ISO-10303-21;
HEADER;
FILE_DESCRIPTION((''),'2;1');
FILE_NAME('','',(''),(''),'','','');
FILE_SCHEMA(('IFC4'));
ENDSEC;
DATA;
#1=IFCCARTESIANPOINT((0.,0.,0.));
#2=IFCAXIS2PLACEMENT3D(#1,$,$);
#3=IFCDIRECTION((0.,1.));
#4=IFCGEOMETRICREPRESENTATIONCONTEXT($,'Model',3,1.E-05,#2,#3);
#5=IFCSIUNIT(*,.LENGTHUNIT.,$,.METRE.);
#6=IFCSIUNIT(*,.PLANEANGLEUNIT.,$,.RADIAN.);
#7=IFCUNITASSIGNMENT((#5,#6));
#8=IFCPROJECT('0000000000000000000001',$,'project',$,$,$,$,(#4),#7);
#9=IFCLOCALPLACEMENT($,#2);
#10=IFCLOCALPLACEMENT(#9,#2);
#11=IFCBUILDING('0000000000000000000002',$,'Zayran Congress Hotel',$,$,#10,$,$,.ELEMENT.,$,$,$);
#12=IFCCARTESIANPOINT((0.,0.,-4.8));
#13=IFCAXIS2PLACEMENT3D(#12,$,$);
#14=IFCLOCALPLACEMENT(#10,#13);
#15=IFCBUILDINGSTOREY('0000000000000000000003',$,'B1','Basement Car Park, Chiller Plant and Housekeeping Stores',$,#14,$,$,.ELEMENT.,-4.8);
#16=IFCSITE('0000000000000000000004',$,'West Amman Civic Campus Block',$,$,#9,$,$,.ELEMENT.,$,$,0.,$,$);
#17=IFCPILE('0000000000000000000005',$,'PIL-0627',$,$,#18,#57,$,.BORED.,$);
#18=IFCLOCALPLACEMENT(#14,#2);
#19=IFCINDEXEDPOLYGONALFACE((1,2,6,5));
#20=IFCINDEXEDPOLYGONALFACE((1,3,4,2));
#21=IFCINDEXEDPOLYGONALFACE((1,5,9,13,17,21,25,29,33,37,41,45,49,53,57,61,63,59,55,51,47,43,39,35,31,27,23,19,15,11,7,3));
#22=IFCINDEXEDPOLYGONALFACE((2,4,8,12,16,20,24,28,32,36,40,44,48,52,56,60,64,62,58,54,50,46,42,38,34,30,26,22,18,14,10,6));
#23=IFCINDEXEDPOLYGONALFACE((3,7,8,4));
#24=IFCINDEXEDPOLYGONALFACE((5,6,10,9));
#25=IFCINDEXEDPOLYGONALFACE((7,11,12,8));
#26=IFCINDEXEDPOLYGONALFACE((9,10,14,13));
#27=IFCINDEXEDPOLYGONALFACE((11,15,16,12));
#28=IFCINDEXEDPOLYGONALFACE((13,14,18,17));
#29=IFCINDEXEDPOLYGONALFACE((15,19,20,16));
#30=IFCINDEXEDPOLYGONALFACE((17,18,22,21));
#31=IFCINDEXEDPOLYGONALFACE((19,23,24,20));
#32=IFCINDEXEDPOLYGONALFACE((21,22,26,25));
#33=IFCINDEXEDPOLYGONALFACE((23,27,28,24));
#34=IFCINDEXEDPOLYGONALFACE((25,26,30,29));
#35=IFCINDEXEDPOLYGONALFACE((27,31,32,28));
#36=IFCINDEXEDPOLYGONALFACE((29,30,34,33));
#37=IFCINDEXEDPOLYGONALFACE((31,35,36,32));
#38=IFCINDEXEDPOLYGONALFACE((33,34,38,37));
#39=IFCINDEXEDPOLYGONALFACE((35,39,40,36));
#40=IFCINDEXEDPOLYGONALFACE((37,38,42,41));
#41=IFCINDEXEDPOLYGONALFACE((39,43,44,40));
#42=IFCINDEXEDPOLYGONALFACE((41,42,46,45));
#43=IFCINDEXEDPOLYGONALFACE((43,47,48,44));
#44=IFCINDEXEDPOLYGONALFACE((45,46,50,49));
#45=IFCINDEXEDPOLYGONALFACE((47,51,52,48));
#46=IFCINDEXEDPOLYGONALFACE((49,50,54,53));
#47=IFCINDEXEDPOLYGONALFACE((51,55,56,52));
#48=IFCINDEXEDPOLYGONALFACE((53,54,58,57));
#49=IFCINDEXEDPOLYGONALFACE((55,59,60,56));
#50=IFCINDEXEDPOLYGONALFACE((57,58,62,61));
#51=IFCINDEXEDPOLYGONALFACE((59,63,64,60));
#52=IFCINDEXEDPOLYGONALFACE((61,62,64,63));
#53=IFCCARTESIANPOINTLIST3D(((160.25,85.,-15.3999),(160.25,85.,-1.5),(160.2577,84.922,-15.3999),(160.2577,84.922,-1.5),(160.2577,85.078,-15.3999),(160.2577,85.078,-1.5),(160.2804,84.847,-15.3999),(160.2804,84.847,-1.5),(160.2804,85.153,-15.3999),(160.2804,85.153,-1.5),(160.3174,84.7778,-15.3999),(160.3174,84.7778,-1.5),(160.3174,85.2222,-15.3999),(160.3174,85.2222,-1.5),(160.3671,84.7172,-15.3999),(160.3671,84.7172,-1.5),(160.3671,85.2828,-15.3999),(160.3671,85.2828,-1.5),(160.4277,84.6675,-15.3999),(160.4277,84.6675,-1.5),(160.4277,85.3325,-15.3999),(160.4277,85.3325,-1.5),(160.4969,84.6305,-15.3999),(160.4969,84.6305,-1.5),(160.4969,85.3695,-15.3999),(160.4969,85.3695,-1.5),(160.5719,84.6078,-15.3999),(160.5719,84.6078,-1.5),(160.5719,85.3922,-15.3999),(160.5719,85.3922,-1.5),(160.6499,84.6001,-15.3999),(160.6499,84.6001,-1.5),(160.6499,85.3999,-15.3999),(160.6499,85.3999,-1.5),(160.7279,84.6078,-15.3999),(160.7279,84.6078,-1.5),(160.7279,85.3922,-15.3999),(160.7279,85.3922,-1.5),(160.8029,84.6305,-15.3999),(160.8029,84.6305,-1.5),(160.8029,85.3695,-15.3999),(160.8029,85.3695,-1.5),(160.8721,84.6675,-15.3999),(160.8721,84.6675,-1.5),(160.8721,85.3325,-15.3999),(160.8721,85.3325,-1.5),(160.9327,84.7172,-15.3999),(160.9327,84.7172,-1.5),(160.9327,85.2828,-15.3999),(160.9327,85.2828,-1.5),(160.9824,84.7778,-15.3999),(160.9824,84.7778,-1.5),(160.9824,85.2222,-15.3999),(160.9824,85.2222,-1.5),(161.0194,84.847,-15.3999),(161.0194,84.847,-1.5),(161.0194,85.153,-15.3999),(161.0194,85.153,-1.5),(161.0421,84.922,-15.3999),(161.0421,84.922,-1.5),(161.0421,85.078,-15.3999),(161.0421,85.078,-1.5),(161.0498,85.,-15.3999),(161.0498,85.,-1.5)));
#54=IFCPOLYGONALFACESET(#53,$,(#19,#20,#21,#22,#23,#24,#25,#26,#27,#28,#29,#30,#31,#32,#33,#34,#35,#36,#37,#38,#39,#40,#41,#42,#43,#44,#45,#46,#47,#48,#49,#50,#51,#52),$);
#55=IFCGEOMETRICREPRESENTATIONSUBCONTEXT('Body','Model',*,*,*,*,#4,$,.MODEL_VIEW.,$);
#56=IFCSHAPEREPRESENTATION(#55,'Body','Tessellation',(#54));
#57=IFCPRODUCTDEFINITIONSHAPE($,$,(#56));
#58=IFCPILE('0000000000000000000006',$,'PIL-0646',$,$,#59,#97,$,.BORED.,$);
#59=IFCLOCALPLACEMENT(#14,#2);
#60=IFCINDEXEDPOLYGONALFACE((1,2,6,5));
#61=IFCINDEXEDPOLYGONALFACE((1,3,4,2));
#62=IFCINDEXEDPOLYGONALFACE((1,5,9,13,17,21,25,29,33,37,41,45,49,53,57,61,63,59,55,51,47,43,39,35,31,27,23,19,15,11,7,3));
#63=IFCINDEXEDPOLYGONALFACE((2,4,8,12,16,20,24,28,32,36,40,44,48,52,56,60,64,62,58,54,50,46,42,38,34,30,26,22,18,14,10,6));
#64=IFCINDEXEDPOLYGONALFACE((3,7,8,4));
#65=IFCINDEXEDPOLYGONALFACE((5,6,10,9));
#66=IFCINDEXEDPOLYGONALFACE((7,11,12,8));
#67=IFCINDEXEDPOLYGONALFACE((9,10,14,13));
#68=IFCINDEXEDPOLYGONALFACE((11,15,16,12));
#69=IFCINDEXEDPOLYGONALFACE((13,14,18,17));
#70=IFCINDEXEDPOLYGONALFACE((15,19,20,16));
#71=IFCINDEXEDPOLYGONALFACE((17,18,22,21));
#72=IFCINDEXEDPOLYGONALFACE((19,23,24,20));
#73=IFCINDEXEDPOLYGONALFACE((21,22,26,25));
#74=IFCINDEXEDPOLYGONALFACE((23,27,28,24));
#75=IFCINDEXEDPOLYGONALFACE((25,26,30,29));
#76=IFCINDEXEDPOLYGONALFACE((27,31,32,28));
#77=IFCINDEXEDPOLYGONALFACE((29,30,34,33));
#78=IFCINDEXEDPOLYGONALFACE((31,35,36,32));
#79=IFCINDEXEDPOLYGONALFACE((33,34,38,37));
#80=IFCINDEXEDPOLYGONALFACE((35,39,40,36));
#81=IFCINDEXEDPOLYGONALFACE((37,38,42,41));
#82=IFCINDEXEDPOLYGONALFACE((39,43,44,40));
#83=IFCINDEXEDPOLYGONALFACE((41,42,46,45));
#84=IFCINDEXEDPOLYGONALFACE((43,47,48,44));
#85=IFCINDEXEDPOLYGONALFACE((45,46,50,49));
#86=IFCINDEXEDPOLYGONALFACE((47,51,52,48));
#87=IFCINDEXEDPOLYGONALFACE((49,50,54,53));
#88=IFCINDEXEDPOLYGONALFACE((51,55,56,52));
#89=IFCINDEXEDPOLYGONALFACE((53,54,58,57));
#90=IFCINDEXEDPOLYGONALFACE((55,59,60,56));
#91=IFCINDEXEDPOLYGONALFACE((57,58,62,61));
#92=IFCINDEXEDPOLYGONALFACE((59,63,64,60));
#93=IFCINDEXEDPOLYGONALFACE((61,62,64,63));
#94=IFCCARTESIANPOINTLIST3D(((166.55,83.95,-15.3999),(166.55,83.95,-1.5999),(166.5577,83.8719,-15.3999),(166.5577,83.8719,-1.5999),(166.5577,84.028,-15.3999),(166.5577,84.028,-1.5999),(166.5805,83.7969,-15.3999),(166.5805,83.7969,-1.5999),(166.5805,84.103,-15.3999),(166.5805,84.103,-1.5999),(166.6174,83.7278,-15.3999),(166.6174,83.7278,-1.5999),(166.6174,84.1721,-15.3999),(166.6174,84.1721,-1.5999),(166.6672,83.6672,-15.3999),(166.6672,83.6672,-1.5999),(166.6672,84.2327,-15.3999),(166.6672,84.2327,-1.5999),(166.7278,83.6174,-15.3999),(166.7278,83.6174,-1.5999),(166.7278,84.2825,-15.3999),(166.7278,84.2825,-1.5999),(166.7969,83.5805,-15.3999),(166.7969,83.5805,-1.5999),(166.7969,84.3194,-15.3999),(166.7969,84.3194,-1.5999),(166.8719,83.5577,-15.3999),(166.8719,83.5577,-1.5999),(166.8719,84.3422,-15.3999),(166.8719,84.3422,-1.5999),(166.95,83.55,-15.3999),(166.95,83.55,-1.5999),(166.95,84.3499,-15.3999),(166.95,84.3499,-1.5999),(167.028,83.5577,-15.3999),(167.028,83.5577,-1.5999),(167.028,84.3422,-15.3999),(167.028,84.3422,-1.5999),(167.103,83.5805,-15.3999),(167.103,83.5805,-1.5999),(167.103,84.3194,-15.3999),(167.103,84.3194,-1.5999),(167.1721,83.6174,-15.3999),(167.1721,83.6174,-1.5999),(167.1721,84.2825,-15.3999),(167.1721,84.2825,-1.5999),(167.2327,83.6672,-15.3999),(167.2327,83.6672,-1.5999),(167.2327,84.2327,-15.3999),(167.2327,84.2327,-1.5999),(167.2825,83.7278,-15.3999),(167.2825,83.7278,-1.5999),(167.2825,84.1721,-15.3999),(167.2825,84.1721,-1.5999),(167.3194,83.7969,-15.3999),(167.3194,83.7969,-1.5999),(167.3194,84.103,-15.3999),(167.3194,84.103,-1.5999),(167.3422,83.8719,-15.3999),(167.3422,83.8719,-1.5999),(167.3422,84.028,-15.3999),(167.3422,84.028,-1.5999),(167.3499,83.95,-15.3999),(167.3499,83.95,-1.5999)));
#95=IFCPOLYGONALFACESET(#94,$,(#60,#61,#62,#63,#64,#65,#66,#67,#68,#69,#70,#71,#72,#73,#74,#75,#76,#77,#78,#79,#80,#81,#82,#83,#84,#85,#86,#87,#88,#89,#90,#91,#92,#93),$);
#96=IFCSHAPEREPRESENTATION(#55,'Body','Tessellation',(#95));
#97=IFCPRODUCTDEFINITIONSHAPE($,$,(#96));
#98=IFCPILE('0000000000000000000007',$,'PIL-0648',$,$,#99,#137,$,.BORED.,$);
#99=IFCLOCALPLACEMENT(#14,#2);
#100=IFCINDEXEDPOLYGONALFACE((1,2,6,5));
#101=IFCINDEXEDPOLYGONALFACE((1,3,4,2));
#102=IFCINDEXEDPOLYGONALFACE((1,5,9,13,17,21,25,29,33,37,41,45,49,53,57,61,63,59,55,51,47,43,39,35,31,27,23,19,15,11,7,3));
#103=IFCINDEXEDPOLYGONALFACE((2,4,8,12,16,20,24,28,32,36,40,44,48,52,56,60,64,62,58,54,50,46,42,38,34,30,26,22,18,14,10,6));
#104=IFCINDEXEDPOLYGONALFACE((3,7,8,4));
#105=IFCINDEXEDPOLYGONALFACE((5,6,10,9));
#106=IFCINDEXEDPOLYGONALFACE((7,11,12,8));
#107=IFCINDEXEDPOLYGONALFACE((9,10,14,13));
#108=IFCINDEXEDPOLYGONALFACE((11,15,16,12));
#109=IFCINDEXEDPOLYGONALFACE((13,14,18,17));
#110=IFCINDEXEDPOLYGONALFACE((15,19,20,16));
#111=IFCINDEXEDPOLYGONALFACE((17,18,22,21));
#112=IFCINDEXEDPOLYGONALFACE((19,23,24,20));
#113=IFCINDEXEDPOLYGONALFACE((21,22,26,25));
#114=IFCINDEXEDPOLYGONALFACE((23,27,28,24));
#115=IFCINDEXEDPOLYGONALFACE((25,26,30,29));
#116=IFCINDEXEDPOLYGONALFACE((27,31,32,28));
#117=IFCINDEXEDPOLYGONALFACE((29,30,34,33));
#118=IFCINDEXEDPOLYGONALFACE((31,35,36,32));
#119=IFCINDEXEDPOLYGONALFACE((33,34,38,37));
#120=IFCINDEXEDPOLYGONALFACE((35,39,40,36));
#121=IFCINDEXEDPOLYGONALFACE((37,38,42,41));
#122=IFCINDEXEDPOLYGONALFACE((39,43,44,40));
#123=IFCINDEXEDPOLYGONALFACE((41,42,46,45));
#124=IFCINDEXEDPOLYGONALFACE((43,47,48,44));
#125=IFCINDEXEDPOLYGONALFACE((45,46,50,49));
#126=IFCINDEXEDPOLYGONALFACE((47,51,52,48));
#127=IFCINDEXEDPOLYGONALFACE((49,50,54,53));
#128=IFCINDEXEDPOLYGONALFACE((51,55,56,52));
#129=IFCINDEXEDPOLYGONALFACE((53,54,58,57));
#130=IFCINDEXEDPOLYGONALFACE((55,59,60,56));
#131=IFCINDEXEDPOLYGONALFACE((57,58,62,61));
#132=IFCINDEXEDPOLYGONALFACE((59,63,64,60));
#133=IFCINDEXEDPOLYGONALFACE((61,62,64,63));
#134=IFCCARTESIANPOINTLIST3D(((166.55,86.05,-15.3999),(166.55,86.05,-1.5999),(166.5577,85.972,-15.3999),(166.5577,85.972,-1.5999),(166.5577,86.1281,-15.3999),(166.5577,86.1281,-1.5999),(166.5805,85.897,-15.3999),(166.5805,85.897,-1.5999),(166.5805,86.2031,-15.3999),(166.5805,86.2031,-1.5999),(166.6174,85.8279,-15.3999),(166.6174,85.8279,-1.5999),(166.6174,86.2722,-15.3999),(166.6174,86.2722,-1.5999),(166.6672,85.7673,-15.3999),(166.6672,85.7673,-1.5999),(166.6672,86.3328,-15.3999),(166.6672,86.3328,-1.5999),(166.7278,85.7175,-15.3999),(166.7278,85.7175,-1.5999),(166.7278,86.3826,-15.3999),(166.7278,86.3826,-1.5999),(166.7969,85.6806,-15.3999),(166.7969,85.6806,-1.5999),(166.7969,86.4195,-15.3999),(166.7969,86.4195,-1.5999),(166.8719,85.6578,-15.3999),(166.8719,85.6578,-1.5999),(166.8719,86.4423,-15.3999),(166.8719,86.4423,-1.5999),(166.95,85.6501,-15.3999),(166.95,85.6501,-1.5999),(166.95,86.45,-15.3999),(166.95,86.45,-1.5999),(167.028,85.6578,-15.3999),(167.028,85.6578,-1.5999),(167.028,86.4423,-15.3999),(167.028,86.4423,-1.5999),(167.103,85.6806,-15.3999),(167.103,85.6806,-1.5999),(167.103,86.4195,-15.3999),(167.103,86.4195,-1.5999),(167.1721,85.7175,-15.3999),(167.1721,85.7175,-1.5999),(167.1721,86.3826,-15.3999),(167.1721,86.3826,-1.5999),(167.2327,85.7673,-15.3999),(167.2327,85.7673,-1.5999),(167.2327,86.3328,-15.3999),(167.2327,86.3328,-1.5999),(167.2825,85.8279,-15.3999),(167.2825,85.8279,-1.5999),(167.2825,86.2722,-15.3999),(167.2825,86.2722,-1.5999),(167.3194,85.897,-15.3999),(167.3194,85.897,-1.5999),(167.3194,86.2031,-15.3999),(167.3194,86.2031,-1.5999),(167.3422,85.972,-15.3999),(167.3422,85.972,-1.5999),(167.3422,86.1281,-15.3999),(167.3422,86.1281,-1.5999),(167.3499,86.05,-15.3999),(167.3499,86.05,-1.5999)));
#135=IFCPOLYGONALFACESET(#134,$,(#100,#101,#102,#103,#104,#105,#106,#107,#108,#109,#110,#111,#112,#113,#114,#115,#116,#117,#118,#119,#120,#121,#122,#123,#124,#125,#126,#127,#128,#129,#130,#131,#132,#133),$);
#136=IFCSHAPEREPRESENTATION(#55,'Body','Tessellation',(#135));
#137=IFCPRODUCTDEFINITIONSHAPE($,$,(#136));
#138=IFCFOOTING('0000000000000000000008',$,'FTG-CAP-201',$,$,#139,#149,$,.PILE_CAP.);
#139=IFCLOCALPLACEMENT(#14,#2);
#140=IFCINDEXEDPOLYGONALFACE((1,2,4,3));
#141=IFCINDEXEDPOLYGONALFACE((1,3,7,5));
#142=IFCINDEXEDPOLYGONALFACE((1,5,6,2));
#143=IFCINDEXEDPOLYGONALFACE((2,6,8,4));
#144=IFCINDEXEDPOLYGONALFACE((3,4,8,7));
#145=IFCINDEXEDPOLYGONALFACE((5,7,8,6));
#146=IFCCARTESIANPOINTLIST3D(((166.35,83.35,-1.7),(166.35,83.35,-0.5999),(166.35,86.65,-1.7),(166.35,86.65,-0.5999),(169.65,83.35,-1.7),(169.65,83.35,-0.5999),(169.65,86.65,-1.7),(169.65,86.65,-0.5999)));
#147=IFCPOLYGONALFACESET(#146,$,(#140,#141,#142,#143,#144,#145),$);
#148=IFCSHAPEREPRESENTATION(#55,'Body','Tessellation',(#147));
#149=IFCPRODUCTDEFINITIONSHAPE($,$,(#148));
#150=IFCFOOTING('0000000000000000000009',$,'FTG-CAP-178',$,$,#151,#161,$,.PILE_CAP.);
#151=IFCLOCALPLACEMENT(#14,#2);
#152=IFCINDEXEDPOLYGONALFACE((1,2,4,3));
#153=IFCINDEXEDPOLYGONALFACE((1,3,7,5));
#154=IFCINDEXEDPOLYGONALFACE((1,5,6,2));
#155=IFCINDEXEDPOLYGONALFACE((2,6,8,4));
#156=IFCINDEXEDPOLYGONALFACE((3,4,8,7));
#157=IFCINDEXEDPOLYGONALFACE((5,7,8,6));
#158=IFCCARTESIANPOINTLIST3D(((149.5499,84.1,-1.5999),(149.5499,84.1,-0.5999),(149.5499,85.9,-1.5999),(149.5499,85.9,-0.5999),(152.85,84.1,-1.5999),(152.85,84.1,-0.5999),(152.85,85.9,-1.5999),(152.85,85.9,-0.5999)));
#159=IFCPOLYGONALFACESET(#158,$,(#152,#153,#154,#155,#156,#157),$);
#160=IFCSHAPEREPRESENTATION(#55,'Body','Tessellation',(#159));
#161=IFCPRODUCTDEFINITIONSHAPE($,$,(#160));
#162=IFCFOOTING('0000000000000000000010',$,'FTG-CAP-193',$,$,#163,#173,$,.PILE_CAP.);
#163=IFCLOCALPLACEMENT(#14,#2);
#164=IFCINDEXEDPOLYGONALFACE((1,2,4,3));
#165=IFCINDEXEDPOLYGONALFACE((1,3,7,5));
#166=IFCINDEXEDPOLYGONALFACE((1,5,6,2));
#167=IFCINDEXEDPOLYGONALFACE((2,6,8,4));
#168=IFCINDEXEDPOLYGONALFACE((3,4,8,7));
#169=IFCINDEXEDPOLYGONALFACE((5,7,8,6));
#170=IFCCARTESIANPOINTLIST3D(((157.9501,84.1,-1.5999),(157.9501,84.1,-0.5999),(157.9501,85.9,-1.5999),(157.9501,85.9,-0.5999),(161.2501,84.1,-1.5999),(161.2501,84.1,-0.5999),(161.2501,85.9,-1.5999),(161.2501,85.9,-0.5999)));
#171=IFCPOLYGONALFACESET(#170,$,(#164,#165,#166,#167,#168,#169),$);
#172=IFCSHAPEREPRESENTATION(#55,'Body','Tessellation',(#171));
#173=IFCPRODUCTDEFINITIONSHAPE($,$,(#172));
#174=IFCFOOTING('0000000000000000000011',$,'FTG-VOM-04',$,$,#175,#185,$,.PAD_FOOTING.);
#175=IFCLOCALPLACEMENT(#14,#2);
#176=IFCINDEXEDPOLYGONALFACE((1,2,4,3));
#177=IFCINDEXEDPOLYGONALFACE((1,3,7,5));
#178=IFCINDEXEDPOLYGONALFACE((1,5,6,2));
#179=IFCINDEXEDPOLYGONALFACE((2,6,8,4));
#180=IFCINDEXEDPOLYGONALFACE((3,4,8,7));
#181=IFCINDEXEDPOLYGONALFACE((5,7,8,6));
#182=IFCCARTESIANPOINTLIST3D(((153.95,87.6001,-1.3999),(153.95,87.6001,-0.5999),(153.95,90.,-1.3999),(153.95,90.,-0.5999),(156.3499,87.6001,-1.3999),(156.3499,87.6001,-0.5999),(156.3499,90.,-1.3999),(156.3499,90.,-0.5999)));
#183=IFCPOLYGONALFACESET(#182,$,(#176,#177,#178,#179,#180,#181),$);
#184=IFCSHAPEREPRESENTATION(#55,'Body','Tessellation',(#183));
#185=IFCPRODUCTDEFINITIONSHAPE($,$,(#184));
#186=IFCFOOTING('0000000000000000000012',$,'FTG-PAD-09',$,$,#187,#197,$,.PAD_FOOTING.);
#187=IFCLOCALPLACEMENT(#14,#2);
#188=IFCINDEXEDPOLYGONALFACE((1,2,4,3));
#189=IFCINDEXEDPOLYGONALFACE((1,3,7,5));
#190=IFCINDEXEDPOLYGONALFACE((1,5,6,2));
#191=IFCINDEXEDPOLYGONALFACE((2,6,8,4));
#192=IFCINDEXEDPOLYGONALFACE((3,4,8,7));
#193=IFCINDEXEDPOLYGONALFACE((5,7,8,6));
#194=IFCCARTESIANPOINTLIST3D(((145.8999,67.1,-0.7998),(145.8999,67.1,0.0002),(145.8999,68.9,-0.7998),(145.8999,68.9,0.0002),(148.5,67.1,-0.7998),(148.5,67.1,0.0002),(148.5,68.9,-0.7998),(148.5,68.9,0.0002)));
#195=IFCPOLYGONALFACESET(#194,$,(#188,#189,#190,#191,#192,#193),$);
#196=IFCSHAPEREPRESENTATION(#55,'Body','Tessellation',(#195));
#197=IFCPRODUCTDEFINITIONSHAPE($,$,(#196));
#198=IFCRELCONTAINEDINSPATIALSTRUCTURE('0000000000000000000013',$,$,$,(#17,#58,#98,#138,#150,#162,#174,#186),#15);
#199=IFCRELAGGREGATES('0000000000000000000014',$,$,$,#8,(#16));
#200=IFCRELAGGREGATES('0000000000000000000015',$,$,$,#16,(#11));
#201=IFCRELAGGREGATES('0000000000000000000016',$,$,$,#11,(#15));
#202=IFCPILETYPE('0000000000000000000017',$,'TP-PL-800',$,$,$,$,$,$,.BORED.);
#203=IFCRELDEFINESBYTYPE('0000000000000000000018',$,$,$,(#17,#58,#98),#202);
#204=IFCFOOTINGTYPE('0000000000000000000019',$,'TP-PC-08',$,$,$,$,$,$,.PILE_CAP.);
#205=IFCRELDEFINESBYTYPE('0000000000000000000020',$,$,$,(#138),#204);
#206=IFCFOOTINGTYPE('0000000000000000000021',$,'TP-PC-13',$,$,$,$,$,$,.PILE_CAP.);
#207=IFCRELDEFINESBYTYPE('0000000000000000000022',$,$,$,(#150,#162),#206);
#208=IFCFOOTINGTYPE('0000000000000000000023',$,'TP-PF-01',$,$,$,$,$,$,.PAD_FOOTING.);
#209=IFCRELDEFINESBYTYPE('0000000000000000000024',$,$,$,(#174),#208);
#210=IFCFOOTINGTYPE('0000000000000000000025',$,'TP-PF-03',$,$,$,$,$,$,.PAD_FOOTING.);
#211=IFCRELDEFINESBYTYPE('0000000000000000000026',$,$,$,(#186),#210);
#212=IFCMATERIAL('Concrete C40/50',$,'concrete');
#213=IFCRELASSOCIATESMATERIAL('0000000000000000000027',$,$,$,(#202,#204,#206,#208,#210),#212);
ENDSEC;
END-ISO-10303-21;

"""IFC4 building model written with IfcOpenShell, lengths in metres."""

from ifc_helpers import new_model, si_unit, direction, frame, origin, origin_2d, place, context, subcontext, project, spatial, rectangle, circle, extrude, material, material_profile, profile_set, type_object, element, save


model = new_model("IFC4")

# Units and contexts
model_context = context("Model", 3, precision=1e-05, world=origin(), true_north=direction((0.0, 1.0)))
body_context = subcontext(model_context, "Body", "Model", "MODEL_VIEW")
ifc_project = project(units=[si_unit("LENGTHUNIT", "METRE"), si_unit("PLANEANGLEUNIT", "RADIAN")], contexts=[model_context])

# Site, building, storey
site_placement = place(None, origin())
site = spatial("IfcSite", under=ifc_project, at=site_placement, Name="West Amman Civic Campus Block", CompositionType="ELEMENT", RefElevation=0.0)
building_placement = place(site_placement, origin())
building = spatial("IfcBuilding", under=site, at=building_placement, Name="Zayran Congress Hotel", CompositionType="ELEMENT")
storey_placement = place(building_placement, frame((0.0, 0.0, -4.8)))
storey = spatial("IfcBuildingStorey", under=building, at=storey_placement, Name="B1", Description="Basement Car Park, Chiller Plant and Housekeeping Stores", CompositionType="ELEMENT", Elevation=-4.8)

# Piles
ifc_material = material(Name="Concrete C40/50", Category="concrete")
ifc_material_profile_1 = material_profile(ifc_material, circle(Radius=0.3999, at=origin_2d()), Name="PILE D800")
ifc_profile_set_1 = profile_set([ifc_material_profile_1], Name="Concrete C40/50")
pile_type_1 = type_object("IfcPileType", Name="TP-PL-800", PredefinedType="BORED", material=ifc_profile_set_1)
for number, where, z_axis, x_axis, name in (
    (1, (160.6499, 85.0, -1.5), (0.0, 0.0, -1.0), (1.0, 0.0, 0.0), "PIL-0627"),
):
    element("IfcPile", number, at=place(storey_placement, frame(where, z_axis=z_axis, x_axis=x_axis)), inside=storey, type_object=pile_type_1, Name=name, PredefinedType="BORED", context=body_context, shape_type="SweptSolid", body=[
        extrude(circle(Radius=0.3999, at=origin_2d()), origin(), (0.0, 0.0, 1.0), 13.8999),
    ])
for number, where, z_axis, x_axis, name in (
    (2, (166.95, 83.95, -1.5999), (0.0, 0.0, -1.0), (1.0, 0.0, 0.0), "PIL-0646"),
    (3, (166.95, 86.05, -1.5999), (0.0, 0.0, -1.0), (1.0, 0.0, 0.0), "PIL-0648"),
):
    element("IfcPile", number, at=place(storey_placement, frame(where, z_axis=z_axis, x_axis=x_axis)), inside=storey, type_object=pile_type_1, Name=name, PredefinedType="BORED", context=body_context, shape_type="SweptSolid", body=[
        extrude(circle(Radius=0.3999, at=origin_2d()), origin(), (0.0, 0.0, 1.0), 13.8),
    ])

# Footings
footing_type_1 = type_object("IfcFootingType", Name="TP-PC-08", PredefinedType="PILE_CAP", material=ifc_material)
footing_1_placement = place(storey_placement, frame((168.0, 85.0, -1.7), z_axis=(0.0, 0.0, 1.0), x_axis=(1.0, 0.0, 0.0)))
element("IfcFooting", 4, at=footing_1_placement, inside=storey, type_object=footing_type_1, Name="FTG-CAP-201", PredefinedType="PILE_CAP", context=body_context, shape_type="SweptSolid", body=[
    extrude(rectangle(XDim=3.3, YDim=3.3, at=origin_2d()), origin(), (0.0, 0.0, 1.0), 1.1001),
])
footing_type_2 = type_object("IfcFootingType", Name="TP-PC-13", PredefinedType="PILE_CAP", material=ifc_material)
for number, where, z_axis, x_axis, name in (
    (5, (151.2, 85.0, -1.5999), (0.0, 0.0, 1.0), (1.0, 0.0, 0.0), "FTG-CAP-178"),
    (6, (159.6001, 85.0, -1.5999), (0.0, 0.0, 1.0), (1.0, 0.0, 0.0), "FTG-CAP-193"),
):
    element("IfcFooting", number, at=place(storey_placement, frame(where, z_axis=z_axis, x_axis=x_axis)), inside=storey, type_object=footing_type_2, Name=name, PredefinedType="PILE_CAP", context=body_context, shape_type="SweptSolid", body=[
        extrude(rectangle(XDim=3.3, YDim=1.8, at=origin_2d()), origin(), (0.0, 0.0, 1.0), 1.0),
    ])
footing_type_3 = type_object("IfcFootingType", Name="TP-PF-01", PredefinedType="PAD_FOOTING", material=ifc_material)
footing_2_placement = place(storey_placement, frame((155.1499, 88.8, -1.3999), z_axis=(0.0, 0.0, 1.0), x_axis=(1.0, 0.0, 0.0)))
element("IfcFooting", 7, at=footing_2_placement, inside=storey, type_object=footing_type_3, Name="FTG-VOM-04", PredefinedType="PAD_FOOTING", context=body_context, shape_type="SweptSolid", body=[
    extrude(rectangle(XDim=2.3999, YDim=2.3999, at=origin_2d()), origin(), (0.0, 0.0, 1.0), 0.8),
])
footing_type_4 = type_object("IfcFootingType", Name="TP-PF-03", PredefinedType="PAD_FOOTING", material=ifc_material)
footing_3_placement = place(storey_placement, frame((147.2, 68.0, -0.7998), z_axis=(0.0, 0.0, 1.0), x_axis=(1.0, 0.0, 0.0)))
element("IfcFooting", 8, at=footing_3_placement, inside=storey, type_object=footing_type_4, Name="FTG-PAD-09", PredefinedType="PAD_FOOTING", context=body_context, shape_type="SweptSolid", body=[
    extrude(rectangle(XDim=2.6001, YDim=1.8, at=origin_2d()), origin(), (0.0, 0.0, 1.0), 0.8),
])

save(model, "model.ifc")
